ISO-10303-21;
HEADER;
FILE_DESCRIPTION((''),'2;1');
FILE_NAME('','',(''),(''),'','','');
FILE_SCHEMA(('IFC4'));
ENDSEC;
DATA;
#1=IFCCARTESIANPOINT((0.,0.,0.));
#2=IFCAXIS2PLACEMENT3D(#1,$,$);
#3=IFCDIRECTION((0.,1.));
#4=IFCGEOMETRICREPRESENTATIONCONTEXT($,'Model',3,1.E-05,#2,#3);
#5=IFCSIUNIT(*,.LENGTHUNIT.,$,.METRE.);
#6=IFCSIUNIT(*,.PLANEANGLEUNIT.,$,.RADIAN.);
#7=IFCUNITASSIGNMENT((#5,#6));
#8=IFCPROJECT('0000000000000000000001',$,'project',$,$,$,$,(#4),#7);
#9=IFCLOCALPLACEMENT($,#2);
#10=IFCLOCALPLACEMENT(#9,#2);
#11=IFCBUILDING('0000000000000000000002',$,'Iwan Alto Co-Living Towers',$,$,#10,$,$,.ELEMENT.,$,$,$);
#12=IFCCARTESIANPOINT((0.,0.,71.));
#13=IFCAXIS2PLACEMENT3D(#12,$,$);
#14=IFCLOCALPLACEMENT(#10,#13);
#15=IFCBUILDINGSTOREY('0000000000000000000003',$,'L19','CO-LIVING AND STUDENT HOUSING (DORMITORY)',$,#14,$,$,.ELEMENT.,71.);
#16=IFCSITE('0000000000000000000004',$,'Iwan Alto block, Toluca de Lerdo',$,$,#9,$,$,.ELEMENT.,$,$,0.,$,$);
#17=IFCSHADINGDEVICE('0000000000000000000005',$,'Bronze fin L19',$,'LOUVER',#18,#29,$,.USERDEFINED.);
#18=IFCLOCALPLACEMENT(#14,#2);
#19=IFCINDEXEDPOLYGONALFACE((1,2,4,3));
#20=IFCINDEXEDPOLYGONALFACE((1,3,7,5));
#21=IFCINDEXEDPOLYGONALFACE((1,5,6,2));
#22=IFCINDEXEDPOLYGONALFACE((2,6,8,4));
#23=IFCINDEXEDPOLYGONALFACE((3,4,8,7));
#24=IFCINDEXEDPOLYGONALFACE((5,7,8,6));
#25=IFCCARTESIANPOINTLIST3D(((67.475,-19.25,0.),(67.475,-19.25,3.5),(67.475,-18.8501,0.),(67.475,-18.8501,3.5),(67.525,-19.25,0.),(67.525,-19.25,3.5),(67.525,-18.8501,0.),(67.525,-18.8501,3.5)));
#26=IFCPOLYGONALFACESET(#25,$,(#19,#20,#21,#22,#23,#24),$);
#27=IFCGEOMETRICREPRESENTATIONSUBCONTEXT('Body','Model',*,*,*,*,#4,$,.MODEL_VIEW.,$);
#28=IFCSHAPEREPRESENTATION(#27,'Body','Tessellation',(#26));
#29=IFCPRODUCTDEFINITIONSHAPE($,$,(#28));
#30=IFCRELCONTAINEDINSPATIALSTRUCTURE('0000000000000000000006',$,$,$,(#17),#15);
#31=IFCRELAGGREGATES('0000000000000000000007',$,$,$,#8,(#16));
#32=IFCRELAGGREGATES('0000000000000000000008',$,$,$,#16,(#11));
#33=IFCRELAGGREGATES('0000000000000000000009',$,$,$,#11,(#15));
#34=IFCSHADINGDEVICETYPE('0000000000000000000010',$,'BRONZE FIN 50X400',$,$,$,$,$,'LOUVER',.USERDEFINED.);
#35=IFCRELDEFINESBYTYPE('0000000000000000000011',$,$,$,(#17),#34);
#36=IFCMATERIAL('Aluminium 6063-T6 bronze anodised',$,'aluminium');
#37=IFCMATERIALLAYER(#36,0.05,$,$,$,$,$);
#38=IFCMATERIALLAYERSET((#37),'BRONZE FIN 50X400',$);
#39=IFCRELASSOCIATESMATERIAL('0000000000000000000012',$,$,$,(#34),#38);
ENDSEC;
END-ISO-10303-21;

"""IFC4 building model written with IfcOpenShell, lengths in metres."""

from ifc_helpers import new_model, si_unit, direction, frame, origin, origin_2d, place, context, subcontext, project, spatial, rectangle, extrude, material, layer, layer_set, type_object, element, save


model = new_model("IFC4")

# Units and contexts
model_context = context("Model", 3, precision=1e-05, world=origin(), true_north=direction((0.0, 1.0)))
body_context = subcontext(model_context, "Body", "Model", "MODEL_VIEW")
ifc_project = project(units=[si_unit("LENGTHUNIT", "METRE"), si_unit("PLANEANGLEUNIT", "RADIAN")], contexts=[model_context])

# Site, building, storey
site_placement = place(None, origin())
site = spatial("IfcSite", under=ifc_project, at=site_placement, Name="Iwan Alto block, Toluca de Lerdo", CompositionType="ELEMENT", RefElevation=0.0)
building_placement = place(site_placement, origin())
building = spatial("IfcBuilding", under=site, at=building_placement, Name="Iwan Alto Co-Living Towers", CompositionType="ELEMENT")
storey_placement = place(building_placement, frame((0.0, 0.0, 71.0)))
storey = spatial("IfcBuildingStorey", under=building, at=storey_placement, Name="L19", Description="CO-LIVING AND STUDENT HOUSING (DORMITORY)", CompositionType="ELEMENT", Elevation=71.0)

# Shading device
ifc_material_1 = material(Name="Aluminium 6063-T6 bronze anodised", Category="aluminium")
ifc_layer_1 = layer(ifc_material_1, 0.05)
ifc_layer_set_1 = layer_set([ifc_layer_1], Name="BRONZE FIN 50X400")
shading_device_type = type_object("IfcShadingDeviceType", Name="BRONZE FIN 50X400", ElementType="LOUVER", PredefinedType="USERDEFINED", material=ifc_layer_set_1)
shading_device_placement = place(storey_placement, frame((67.5, -19.05, 0.0), z_axis=(0.0, 0.0, 1.0), x_axis=(1.0, 0.0, 0.0)))
element("IfcShadingDevice", 1, at=shading_device_placement, inside=storey, type_object=shading_device_type, Name="Bronze fin L19", ObjectType="LOUVER", PredefinedType="USERDEFINED", context=body_context, shape_type="SweptSolid", body=[
    extrude(rectangle(XDim=0.05, YDim=0.3999, at=origin_2d()), origin(), (0.0, 0.0, 1.0), 3.5),
])

save(model, "model.ifc")
